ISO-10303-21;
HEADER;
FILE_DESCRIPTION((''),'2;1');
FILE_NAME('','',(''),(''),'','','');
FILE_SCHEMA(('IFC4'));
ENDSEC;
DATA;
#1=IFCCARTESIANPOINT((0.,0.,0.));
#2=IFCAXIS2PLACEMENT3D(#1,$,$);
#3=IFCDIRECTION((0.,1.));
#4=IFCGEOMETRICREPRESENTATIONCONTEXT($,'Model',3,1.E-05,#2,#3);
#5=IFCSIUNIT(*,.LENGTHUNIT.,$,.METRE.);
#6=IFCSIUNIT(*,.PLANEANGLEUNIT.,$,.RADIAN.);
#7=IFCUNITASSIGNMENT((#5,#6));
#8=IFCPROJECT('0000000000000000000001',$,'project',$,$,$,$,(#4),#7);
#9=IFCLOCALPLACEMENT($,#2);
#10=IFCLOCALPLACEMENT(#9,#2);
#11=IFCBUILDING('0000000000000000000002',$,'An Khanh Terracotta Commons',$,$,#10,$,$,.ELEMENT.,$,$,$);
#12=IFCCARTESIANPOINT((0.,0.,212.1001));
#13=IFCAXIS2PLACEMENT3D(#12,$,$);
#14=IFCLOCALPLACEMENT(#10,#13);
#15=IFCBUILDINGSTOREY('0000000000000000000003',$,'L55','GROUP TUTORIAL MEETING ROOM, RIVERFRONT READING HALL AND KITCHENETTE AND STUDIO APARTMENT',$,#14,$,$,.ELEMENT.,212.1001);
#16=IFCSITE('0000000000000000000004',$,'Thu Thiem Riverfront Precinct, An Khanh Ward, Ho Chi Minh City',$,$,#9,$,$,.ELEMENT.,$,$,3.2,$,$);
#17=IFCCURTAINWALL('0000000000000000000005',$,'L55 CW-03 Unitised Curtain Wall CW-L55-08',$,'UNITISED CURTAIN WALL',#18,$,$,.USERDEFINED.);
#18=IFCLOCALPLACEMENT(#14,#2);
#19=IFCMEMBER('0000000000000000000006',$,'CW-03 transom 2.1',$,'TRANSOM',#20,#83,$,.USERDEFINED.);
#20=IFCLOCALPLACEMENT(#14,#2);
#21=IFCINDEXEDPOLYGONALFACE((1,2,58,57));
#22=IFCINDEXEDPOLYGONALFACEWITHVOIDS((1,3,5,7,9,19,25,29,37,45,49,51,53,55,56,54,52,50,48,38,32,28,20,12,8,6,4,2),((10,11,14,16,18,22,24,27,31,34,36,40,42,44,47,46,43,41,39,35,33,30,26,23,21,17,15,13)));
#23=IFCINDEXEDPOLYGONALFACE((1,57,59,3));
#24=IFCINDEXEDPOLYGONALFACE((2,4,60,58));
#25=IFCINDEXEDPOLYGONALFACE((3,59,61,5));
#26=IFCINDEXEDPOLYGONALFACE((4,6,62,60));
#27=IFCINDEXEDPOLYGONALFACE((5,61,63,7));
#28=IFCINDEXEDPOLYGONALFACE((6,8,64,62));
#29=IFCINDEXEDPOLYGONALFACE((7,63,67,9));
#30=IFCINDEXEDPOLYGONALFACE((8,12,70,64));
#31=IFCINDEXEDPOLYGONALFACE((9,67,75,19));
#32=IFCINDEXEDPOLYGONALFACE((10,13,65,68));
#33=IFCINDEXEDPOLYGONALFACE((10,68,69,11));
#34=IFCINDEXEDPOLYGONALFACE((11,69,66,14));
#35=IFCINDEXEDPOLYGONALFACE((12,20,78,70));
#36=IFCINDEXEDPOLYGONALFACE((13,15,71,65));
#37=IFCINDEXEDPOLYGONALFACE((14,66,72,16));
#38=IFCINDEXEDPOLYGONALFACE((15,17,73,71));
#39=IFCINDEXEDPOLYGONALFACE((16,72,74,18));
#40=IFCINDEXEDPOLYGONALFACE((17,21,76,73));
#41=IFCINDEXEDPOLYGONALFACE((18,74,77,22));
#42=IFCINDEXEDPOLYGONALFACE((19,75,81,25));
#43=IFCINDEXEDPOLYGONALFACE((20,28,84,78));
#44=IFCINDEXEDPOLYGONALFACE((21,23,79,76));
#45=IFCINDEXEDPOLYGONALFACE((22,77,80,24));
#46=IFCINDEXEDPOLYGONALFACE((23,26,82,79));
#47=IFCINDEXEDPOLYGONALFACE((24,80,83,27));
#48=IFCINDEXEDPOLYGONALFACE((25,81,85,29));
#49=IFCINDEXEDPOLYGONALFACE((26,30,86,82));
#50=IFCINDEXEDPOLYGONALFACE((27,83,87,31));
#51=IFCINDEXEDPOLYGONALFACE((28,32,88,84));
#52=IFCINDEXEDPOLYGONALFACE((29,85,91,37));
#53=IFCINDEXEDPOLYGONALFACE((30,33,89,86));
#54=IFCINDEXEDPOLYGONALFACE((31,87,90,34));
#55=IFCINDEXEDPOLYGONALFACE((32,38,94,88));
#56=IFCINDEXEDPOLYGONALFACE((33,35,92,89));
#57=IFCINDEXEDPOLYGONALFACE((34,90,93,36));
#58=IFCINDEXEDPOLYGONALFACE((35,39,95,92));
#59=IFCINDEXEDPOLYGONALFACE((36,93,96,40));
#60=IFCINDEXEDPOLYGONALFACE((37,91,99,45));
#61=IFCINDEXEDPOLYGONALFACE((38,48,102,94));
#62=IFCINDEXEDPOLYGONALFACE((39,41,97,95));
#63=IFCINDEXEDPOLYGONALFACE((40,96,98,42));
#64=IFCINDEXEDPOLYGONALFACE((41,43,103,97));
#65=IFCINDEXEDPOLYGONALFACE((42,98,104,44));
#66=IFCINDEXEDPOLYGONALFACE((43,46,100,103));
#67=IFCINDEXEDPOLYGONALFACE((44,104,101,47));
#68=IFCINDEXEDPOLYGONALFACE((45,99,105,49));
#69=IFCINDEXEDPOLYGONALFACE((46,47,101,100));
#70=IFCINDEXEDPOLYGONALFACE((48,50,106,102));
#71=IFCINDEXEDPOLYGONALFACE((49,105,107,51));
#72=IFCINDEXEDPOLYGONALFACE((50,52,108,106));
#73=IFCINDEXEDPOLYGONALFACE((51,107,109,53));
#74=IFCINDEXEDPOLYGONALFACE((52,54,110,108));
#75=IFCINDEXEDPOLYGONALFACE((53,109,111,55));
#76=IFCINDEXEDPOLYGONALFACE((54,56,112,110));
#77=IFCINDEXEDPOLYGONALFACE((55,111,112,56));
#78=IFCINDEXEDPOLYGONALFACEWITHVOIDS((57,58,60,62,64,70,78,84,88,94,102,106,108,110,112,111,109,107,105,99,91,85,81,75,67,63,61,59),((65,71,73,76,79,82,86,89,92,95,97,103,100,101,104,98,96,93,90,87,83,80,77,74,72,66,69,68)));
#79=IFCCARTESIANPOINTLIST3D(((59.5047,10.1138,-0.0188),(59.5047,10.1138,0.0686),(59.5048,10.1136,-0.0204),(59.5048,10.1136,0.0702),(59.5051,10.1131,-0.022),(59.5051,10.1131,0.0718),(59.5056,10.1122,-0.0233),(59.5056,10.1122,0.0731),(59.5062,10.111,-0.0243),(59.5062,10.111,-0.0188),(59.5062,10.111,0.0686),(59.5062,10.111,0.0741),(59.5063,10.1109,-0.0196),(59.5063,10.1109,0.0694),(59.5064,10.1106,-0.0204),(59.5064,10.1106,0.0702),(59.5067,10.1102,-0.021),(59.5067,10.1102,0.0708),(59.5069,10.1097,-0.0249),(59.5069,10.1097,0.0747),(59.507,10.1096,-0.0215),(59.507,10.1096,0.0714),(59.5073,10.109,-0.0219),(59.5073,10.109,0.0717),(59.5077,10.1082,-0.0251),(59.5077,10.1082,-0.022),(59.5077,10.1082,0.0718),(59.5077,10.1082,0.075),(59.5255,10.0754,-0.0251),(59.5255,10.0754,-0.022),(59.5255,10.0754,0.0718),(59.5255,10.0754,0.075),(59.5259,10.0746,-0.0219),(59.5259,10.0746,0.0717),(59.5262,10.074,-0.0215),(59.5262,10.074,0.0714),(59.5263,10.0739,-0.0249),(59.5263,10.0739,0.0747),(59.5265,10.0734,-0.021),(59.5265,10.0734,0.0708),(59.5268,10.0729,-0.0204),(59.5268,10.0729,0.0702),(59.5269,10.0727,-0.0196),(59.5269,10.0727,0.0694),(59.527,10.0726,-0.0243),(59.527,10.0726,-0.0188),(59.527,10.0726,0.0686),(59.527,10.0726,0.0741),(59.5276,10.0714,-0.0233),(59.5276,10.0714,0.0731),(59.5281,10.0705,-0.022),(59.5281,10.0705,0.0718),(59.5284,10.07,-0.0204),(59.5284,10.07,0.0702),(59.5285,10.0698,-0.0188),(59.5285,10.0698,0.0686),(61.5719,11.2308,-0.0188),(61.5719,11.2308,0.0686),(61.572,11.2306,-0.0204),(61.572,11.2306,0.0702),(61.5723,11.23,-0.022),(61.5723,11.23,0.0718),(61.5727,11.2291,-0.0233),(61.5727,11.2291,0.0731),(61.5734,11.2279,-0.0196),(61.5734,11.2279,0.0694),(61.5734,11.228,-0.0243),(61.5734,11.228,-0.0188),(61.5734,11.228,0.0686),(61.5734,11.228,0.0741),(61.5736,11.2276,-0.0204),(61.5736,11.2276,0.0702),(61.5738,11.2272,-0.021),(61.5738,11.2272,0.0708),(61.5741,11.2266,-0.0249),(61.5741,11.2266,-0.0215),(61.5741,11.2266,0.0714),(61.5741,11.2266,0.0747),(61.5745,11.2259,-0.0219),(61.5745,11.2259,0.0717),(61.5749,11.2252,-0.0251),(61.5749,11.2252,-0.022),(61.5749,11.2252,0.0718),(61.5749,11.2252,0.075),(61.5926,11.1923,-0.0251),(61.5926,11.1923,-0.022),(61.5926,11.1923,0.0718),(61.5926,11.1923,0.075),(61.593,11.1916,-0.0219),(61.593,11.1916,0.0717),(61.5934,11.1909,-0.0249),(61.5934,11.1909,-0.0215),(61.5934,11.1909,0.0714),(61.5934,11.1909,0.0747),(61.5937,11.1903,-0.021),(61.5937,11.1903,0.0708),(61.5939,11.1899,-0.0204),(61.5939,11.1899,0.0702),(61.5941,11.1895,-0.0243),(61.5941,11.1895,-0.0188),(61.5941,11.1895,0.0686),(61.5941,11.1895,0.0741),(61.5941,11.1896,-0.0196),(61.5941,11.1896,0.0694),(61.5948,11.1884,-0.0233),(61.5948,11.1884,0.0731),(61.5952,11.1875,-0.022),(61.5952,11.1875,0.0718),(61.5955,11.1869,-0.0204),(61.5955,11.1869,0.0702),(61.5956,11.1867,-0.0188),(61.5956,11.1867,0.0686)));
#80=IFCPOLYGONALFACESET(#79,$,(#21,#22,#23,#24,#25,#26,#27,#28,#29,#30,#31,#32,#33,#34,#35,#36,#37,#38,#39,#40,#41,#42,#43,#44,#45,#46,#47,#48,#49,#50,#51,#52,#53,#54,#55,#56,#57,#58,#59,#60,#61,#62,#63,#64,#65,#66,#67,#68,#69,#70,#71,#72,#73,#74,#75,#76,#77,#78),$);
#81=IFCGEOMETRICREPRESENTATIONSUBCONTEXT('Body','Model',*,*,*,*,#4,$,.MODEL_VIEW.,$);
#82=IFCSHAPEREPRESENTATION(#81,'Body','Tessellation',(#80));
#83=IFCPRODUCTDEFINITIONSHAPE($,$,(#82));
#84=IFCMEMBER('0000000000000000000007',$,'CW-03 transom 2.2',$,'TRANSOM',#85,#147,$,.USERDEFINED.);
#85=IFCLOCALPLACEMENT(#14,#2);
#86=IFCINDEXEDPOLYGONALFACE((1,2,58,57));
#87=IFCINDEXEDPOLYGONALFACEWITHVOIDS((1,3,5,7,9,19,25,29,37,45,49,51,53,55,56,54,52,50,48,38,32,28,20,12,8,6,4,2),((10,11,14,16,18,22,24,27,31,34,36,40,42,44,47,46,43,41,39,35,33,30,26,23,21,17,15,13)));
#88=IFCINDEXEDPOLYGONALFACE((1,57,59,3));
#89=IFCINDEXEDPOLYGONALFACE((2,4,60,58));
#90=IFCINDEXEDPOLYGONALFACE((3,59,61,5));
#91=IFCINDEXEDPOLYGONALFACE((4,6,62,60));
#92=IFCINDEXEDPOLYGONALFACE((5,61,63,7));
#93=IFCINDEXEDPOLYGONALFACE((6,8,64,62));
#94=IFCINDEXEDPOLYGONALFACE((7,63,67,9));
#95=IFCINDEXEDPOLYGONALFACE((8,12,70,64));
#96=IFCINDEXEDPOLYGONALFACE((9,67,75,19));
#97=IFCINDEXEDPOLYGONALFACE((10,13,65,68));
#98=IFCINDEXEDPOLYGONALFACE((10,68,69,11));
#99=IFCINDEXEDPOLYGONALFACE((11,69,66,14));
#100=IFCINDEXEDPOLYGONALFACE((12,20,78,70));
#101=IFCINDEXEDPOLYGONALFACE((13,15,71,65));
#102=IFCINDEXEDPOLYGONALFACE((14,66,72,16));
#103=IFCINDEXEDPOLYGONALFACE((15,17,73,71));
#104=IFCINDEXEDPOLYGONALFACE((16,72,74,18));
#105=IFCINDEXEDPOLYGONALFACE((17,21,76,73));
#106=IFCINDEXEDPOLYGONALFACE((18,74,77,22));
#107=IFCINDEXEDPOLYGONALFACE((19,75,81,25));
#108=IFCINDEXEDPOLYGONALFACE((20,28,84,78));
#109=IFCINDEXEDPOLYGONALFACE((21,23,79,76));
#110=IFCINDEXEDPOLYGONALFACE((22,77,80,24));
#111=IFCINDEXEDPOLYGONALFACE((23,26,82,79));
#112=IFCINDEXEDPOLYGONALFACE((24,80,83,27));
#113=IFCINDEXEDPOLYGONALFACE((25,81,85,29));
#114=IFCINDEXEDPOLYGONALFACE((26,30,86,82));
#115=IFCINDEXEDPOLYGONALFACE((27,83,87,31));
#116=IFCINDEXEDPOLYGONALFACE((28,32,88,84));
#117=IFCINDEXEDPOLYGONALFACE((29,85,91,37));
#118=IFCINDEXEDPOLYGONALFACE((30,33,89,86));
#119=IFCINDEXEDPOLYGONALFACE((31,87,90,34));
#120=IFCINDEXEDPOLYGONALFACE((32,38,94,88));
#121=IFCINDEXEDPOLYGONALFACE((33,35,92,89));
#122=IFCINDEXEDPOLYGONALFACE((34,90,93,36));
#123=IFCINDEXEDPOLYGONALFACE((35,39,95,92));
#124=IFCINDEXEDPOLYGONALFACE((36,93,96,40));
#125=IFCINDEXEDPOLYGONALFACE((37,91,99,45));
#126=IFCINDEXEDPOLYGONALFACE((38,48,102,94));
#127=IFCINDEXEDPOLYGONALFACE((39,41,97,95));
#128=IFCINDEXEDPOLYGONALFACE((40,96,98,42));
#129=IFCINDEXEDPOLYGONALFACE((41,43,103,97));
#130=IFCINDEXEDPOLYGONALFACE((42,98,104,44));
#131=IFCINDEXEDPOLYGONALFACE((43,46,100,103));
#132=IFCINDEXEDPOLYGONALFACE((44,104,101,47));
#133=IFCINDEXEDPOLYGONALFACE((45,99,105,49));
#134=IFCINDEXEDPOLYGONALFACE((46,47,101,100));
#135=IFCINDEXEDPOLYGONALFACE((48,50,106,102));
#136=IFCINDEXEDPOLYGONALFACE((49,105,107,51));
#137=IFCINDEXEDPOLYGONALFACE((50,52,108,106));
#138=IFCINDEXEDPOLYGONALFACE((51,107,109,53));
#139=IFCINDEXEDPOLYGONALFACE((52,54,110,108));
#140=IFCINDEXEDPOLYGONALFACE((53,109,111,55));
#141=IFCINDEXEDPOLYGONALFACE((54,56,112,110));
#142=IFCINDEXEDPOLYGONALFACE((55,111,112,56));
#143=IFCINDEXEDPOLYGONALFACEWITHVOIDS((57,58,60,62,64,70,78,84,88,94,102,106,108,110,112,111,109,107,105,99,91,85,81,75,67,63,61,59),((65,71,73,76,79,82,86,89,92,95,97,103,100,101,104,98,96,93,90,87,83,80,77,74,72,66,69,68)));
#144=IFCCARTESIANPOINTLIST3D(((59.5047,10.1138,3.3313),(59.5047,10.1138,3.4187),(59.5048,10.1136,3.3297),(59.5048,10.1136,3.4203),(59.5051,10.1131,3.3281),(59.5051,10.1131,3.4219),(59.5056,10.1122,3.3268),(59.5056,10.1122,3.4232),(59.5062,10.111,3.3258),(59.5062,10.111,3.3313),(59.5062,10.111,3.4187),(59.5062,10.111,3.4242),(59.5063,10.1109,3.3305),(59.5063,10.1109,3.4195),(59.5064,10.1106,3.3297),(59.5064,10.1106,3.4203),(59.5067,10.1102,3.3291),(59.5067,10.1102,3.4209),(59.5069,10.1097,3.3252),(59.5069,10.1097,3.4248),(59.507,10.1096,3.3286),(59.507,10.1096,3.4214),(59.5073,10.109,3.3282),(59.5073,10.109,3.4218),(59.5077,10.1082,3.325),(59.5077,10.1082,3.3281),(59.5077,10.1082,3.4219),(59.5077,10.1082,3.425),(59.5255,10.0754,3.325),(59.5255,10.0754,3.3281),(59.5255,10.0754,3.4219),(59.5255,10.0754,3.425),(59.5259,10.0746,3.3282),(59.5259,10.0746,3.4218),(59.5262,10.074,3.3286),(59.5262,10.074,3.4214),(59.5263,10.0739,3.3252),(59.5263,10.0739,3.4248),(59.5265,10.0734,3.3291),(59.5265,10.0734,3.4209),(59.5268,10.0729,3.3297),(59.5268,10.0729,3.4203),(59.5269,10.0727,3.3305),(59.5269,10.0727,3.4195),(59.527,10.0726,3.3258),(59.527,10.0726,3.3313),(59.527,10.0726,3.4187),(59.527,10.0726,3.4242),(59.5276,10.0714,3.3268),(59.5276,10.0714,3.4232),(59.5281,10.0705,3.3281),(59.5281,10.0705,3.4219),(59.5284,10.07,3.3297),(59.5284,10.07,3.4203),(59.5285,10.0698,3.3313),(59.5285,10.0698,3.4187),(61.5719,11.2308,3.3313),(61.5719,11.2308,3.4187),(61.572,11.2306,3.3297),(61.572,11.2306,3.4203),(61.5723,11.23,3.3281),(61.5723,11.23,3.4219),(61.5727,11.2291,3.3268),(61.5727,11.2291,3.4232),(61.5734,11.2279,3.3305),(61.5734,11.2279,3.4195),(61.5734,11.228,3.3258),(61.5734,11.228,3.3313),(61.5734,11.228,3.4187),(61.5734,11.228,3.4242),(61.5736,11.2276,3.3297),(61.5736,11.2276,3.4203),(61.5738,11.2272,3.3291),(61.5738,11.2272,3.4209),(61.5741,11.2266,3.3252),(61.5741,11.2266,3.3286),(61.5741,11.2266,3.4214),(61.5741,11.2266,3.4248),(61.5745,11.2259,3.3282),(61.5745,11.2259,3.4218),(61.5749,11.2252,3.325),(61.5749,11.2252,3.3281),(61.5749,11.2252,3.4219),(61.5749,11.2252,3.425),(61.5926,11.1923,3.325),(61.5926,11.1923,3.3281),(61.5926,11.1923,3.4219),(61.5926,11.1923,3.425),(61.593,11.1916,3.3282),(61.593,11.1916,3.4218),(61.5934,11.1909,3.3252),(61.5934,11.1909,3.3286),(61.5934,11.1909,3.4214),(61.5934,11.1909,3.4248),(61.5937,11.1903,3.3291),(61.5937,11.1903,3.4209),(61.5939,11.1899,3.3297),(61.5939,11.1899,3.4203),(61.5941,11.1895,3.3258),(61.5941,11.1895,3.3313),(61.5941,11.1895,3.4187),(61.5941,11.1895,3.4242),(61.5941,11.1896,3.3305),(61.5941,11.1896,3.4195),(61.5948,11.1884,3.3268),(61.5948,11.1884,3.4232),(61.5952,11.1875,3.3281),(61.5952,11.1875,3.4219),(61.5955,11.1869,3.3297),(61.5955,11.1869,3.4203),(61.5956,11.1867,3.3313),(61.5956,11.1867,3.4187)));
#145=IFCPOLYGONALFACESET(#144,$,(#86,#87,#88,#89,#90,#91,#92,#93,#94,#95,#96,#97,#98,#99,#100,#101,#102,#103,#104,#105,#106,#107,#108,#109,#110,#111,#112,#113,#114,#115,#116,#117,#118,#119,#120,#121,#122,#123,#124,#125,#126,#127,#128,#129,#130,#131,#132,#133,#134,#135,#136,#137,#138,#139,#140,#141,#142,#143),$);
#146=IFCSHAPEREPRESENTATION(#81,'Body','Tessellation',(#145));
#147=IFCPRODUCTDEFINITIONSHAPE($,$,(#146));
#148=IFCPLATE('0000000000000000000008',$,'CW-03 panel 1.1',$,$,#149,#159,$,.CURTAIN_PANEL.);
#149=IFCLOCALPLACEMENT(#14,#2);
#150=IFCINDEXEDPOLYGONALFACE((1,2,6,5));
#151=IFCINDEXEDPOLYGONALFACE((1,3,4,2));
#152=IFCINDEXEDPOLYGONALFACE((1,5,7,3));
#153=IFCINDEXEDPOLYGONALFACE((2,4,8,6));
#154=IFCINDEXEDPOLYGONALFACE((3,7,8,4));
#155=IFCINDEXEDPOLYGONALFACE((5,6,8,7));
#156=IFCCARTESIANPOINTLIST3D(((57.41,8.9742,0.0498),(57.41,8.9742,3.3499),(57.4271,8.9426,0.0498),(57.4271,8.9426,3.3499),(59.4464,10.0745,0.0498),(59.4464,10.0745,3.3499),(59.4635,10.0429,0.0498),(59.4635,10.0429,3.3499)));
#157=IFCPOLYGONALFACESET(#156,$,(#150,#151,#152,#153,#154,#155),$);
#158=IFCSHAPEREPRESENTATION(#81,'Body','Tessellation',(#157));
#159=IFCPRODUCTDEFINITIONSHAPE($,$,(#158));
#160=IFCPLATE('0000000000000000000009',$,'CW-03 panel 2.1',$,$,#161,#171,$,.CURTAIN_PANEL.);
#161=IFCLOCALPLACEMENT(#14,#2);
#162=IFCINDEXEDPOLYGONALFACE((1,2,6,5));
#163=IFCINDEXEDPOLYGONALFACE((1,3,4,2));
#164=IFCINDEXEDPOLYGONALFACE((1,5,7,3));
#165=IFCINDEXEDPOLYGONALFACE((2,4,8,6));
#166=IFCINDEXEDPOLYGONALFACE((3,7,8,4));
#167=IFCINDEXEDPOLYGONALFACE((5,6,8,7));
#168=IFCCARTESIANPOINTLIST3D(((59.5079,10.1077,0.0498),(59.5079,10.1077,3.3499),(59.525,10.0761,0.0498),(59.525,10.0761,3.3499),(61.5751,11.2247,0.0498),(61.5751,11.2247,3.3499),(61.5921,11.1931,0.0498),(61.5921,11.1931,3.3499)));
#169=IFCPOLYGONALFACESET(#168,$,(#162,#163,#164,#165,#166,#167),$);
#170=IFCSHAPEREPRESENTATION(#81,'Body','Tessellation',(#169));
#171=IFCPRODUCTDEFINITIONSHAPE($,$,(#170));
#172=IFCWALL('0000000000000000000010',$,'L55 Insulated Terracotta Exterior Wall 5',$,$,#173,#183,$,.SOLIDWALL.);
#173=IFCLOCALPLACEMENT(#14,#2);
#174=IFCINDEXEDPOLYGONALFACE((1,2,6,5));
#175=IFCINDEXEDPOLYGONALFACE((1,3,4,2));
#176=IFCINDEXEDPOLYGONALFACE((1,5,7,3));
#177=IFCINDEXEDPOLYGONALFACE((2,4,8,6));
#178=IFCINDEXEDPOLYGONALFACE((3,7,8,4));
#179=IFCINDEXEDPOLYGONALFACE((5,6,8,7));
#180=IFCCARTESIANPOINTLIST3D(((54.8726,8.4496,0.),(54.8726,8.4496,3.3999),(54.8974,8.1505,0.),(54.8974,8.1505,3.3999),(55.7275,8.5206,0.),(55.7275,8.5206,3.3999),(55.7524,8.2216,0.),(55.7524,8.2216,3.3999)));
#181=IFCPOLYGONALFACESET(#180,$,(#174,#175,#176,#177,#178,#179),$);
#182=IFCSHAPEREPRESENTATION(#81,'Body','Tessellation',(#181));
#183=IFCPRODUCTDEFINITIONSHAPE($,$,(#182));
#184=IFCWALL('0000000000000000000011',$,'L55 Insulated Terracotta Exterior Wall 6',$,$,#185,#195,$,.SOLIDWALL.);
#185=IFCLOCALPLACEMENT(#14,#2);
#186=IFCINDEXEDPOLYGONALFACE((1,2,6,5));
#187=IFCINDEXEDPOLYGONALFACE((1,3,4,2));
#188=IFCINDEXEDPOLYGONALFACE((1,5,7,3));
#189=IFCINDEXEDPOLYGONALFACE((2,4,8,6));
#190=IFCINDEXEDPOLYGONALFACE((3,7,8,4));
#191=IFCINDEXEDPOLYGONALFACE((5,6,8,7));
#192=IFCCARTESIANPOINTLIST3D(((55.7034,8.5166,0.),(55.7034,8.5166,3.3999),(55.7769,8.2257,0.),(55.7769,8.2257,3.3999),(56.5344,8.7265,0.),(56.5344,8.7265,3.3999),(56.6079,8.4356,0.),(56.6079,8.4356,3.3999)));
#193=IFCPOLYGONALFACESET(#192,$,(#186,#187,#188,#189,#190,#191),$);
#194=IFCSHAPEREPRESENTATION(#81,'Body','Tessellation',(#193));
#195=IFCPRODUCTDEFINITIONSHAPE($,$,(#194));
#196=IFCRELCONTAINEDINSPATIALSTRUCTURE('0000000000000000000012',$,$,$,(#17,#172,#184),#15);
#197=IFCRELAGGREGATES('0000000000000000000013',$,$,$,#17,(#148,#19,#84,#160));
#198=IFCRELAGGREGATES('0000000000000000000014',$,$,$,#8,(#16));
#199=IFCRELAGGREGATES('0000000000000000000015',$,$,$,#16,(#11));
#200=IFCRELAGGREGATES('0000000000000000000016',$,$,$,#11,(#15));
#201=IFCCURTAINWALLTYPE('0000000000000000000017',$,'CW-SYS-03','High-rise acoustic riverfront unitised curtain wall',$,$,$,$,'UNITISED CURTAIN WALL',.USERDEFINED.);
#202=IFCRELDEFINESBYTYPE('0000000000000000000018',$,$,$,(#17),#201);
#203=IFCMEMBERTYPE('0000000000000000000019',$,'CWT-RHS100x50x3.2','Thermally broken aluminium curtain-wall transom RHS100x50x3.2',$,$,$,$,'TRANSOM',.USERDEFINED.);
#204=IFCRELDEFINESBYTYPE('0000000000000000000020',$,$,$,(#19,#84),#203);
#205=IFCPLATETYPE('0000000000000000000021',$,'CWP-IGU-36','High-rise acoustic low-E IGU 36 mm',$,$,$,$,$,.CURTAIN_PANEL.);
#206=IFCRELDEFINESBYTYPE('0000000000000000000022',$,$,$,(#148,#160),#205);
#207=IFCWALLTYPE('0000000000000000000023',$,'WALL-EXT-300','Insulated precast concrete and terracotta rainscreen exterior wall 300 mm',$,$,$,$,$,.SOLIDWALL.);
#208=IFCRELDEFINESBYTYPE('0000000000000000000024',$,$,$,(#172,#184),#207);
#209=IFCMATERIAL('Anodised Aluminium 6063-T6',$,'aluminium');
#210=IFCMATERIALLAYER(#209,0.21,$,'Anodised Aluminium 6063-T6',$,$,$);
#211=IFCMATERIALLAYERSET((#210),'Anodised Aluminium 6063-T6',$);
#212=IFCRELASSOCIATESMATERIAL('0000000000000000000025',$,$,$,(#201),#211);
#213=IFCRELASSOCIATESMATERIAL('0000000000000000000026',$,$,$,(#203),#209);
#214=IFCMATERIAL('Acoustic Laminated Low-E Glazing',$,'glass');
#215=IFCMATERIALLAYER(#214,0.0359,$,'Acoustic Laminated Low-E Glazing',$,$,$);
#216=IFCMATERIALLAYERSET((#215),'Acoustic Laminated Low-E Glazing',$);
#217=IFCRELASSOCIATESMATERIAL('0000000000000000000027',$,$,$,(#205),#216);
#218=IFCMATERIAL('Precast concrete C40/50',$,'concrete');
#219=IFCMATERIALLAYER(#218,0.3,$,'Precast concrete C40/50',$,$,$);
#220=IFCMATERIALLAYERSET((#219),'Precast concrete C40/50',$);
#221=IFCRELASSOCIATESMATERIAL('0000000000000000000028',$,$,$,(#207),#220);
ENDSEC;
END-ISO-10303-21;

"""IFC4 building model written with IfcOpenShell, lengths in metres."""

from ifc_helpers import new_model, si_unit, direction, frame, frame_2d, origin, origin_2d, place, context, subcontext, project, spatial, rectangle, hollow_rectangle, extrude, material, layer, layer_set, material_profile, profile_set, type_object, element, aggregate, save


model = new_model("IFC4")

# Units and contexts
model_context = context("Model", 3, precision=1e-05, world=origin(), true_north=direction((0.0, 1.0)))
body_context = subcontext(model_context, "Body", "Model", "MODEL_VIEW")
ifc_project = project(units=[si_unit("LENGTHUNIT", "METRE"), si_unit("PLANEANGLEUNIT", "RADIAN")], contexts=[model_context])

# Site, building, storey
site_placement = place(None, origin())
site = spatial("IfcSite", under=ifc_project, at=site_placement, Name="Thu Thiem Riverfront Precinct, An Khanh Ward, Ho Chi Minh City", CompositionType="ELEMENT", RefElevation=3.2)
building_placement = place(site_placement, origin())
building = spatial("IfcBuilding", under=site, at=building_placement, Name="An Khanh Terracotta Commons", CompositionType="ELEMENT")
storey_placement = place(building_placement, frame((0.0, 0.0, 212.1001)))
storey = spatial("IfcBuildingStorey", under=building, at=storey_placement, Name="L55", Description="GROUP TUTORIAL MEETING ROOM, RIVERFRONT READING HALL AND KITCHENETTE AND STUDIO APARTMENT", CompositionType="ELEMENT", Elevation=212.1001)

# Curtain wall, members, plates
ifc_material_1 = material(Name="Anodised Aluminium 6063-T6", Category="aluminium")
ifc_layer_1 = layer(ifc_material_1, 0.21, Name="Anodised Aluminium 6063-T6")
ifc_layer_set_1 = layer_set([ifc_layer_1], Name="Anodised Aluminium 6063-T6")
curtain_wall_type = type_object("IfcCurtainWallType", Name="CW-SYS-03", Description="High-rise acoustic riverfront unitised curtain wall", ElementType="UNITISED CURTAIN WALL", PredefinedType="USERDEFINED", material=ifc_layer_set_1)
curtain_wall_placement = place(storey_placement, origin())
curtain_wall = element("IfcCurtainWall", 1, at=curtain_wall_placement, inside=storey, type_object=curtain_wall_type, Name="L55 CW-03 Unitised Curtain Wall CW-L55-08", ObjectType="UNITISED CURTAIN WALL", PredefinedType="USERDEFINED")
ifc_material_profile_1 = material_profile(ifc_material_1, hollow_rectangle(XDim=0.05, YDim=0.1001, WallThickness=0.0032, InnerFilletRadius=0.0032, OuterFilletRadius=0.0063, at=origin_2d()), Name="RHS100x50x3.2")
ifc_profile_set_1 = profile_set([ifc_material_profile_1], Name="Anodised Aluminium 6063-T6")
member_type_1 = type_object("IfcMemberType", Name="CWT-RHS100x50x3.2", Description="Thermally broken aluminium curtain-wall transom RHS100x50x3.2", ElementType="TRANSOM", PredefinedType="USERDEFINED", material=ifc_profile_set_1)
member_1_placement = place(storey_placement, frame((59.5166, 10.0918, 0.0249), z_axis=(0.879783, 0.475376, 0.0), x_axis=(-0.475376, 0.879783, 0.0)))
member_1 = element("IfcMember", 2, at=member_1_placement, type_object=member_type_1, Name="CW-03 transom 2.1", ObjectType="TRANSOM", PredefinedType="USERDEFINED", context=body_context, shape_type="SweptSolid", body=[
    extrude(hollow_rectangle(XDim=0.05, YDim=0.1001, WallThickness=0.0032, InnerFilletRadius=0.0032, OuterFilletRadius=0.0063, at=origin_2d()), origin(), (0.0, 0.0, 1.0), 2.3496),
])
member_2_placement = place(storey_placement, frame((59.5166, 10.0918, 3.375), z_axis=(0.879783, 0.475376, 0.0), x_axis=(-0.475376, 0.879783, 0.0)))
member_2 = element("IfcMember", 3, at=member_2_placement, type_object=member_type_1, Name="CW-03 transom 2.2", ObjectType="TRANSOM", PredefinedType="USERDEFINED", context=body_context, shape_type="SweptSolid", body=[
    extrude(hollow_rectangle(XDim=0.05, YDim=0.1001, WallThickness=0.0032, InnerFilletRadius=0.0032, OuterFilletRadius=0.0063, at=origin_2d()), origin(), (0.0, 0.0, 1.0), 2.3496),
])
ifc_material_2 = material(Name="Acoustic Laminated Low-E Glazing", Category="glass")
ifc_layer_2 = layer(ifc_material_2, 0.0359, Name="Acoustic Laminated Low-E Glazing")
ifc_layer_set_2 = layer_set([ifc_layer_2], Name="Acoustic Laminated Low-E Glazing")
plate_type = type_object("IfcPlateType", Name="CWP-IGU-36", Description="High-rise acoustic low-E IGU 36 mm", PredefinedType="CURTAIN_PANEL", material=ifc_layer_set_2)
plate_1_placement = place(storey_placement, frame((58.4368, 9.5085, 0.0498), z_axis=(0.0, 0.0, 1.0), x_axis=(0.87978, 0.475381, 0.0)))
plate_1 = element("IfcPlate", 4, at=plate_1_placement, type_object=plate_type, Name="CW-03 panel 1.1", PredefinedType="CURTAIN_PANEL", context=body_context, shape_type="SweptSolid", body=[
    extrude(rectangle(XDim=2.3147, YDim=0.0359, at=origin_2d()), origin(), (0.0, 0.0, 1.0), 3.3),
])
plate_2_placement = place(storey_placement, frame((60.55, 10.6504, 0.0498), z_axis=(0.0, 0.0, 1.0), x_axis=(0.87978, 0.475381, 0.0)))
plate_2 = element("IfcPlate", 5, at=plate_2_placement, type_object=plate_type, Name="CW-03 panel 2.1", PredefinedType="CURTAIN_PANEL", context=body_context, shape_type="SweptSolid", body=[
    extrude(rectangle(XDim=2.3496, YDim=0.0359, at=origin_2d()), origin(), (0.0, 0.0, 1.0), 3.3),
])
aggregate(curtain_wall, [plate_1, member_1, member_2, plate_2])

# Walls
ifc_material_3 = material(Name="Precast concrete C40/50", Category="concrete")
ifc_layer_3 = layer(ifc_material_3, 0.3, Name="Precast concrete C40/50")
ifc_layer_set_3 = layer_set([ifc_layer_3], Name="Precast concrete C40/50")
wall_type_1 = type_object("IfcWallType", Name="WALL-EXT-300", Description="Insulated precast concrete and terracotta rainscreen exterior wall 300 mm", PredefinedType="SOLIDWALL", material=ifc_layer_set_3)
wall_1_placement = place(storey_placement, frame((54.885, 8.3, 0.0), z_axis=(0.0, 0.0, 1.0), x_axis=(0.996565, 0.08281, 0.0)))
element("IfcWall", 6, at=wall_1_placement, inside=storey, type_object=wall_type_1, Name="L55 Insulated Terracotta Exterior Wall 5", PredefinedType="SOLIDWALL", context=body_context, shape_type="SweptSolid", body=[
    extrude(rectangle(XDim=0.8579, YDim=0.3, at=frame_2d((0.429, 0.0))), origin(), (0.0, 0.0, 1.0), 3.3999),
])
wall_2_placement = place(storey_placement, frame((55.74, 8.3711, 0.0), z_axis=(0.0, 0.0, 1.0), x_axis=(0.969536, 0.244947, 0.0)))
element("IfcWall", 7, at=wall_2_placement, inside=storey, type_object=wall_type_1, Name="L55 Insulated Terracotta Exterior Wall 6", PredefinedType="SOLIDWALL", context=body_context, shape_type="SweptSolid", body=[
    extrude(rectangle(XDim=0.8572, YDim=0.3, at=frame_2d((0.4287, 0.0))), origin(), (0.0, 0.0, 1.0), 3.3999),
])

save(model, "model.ifc")
